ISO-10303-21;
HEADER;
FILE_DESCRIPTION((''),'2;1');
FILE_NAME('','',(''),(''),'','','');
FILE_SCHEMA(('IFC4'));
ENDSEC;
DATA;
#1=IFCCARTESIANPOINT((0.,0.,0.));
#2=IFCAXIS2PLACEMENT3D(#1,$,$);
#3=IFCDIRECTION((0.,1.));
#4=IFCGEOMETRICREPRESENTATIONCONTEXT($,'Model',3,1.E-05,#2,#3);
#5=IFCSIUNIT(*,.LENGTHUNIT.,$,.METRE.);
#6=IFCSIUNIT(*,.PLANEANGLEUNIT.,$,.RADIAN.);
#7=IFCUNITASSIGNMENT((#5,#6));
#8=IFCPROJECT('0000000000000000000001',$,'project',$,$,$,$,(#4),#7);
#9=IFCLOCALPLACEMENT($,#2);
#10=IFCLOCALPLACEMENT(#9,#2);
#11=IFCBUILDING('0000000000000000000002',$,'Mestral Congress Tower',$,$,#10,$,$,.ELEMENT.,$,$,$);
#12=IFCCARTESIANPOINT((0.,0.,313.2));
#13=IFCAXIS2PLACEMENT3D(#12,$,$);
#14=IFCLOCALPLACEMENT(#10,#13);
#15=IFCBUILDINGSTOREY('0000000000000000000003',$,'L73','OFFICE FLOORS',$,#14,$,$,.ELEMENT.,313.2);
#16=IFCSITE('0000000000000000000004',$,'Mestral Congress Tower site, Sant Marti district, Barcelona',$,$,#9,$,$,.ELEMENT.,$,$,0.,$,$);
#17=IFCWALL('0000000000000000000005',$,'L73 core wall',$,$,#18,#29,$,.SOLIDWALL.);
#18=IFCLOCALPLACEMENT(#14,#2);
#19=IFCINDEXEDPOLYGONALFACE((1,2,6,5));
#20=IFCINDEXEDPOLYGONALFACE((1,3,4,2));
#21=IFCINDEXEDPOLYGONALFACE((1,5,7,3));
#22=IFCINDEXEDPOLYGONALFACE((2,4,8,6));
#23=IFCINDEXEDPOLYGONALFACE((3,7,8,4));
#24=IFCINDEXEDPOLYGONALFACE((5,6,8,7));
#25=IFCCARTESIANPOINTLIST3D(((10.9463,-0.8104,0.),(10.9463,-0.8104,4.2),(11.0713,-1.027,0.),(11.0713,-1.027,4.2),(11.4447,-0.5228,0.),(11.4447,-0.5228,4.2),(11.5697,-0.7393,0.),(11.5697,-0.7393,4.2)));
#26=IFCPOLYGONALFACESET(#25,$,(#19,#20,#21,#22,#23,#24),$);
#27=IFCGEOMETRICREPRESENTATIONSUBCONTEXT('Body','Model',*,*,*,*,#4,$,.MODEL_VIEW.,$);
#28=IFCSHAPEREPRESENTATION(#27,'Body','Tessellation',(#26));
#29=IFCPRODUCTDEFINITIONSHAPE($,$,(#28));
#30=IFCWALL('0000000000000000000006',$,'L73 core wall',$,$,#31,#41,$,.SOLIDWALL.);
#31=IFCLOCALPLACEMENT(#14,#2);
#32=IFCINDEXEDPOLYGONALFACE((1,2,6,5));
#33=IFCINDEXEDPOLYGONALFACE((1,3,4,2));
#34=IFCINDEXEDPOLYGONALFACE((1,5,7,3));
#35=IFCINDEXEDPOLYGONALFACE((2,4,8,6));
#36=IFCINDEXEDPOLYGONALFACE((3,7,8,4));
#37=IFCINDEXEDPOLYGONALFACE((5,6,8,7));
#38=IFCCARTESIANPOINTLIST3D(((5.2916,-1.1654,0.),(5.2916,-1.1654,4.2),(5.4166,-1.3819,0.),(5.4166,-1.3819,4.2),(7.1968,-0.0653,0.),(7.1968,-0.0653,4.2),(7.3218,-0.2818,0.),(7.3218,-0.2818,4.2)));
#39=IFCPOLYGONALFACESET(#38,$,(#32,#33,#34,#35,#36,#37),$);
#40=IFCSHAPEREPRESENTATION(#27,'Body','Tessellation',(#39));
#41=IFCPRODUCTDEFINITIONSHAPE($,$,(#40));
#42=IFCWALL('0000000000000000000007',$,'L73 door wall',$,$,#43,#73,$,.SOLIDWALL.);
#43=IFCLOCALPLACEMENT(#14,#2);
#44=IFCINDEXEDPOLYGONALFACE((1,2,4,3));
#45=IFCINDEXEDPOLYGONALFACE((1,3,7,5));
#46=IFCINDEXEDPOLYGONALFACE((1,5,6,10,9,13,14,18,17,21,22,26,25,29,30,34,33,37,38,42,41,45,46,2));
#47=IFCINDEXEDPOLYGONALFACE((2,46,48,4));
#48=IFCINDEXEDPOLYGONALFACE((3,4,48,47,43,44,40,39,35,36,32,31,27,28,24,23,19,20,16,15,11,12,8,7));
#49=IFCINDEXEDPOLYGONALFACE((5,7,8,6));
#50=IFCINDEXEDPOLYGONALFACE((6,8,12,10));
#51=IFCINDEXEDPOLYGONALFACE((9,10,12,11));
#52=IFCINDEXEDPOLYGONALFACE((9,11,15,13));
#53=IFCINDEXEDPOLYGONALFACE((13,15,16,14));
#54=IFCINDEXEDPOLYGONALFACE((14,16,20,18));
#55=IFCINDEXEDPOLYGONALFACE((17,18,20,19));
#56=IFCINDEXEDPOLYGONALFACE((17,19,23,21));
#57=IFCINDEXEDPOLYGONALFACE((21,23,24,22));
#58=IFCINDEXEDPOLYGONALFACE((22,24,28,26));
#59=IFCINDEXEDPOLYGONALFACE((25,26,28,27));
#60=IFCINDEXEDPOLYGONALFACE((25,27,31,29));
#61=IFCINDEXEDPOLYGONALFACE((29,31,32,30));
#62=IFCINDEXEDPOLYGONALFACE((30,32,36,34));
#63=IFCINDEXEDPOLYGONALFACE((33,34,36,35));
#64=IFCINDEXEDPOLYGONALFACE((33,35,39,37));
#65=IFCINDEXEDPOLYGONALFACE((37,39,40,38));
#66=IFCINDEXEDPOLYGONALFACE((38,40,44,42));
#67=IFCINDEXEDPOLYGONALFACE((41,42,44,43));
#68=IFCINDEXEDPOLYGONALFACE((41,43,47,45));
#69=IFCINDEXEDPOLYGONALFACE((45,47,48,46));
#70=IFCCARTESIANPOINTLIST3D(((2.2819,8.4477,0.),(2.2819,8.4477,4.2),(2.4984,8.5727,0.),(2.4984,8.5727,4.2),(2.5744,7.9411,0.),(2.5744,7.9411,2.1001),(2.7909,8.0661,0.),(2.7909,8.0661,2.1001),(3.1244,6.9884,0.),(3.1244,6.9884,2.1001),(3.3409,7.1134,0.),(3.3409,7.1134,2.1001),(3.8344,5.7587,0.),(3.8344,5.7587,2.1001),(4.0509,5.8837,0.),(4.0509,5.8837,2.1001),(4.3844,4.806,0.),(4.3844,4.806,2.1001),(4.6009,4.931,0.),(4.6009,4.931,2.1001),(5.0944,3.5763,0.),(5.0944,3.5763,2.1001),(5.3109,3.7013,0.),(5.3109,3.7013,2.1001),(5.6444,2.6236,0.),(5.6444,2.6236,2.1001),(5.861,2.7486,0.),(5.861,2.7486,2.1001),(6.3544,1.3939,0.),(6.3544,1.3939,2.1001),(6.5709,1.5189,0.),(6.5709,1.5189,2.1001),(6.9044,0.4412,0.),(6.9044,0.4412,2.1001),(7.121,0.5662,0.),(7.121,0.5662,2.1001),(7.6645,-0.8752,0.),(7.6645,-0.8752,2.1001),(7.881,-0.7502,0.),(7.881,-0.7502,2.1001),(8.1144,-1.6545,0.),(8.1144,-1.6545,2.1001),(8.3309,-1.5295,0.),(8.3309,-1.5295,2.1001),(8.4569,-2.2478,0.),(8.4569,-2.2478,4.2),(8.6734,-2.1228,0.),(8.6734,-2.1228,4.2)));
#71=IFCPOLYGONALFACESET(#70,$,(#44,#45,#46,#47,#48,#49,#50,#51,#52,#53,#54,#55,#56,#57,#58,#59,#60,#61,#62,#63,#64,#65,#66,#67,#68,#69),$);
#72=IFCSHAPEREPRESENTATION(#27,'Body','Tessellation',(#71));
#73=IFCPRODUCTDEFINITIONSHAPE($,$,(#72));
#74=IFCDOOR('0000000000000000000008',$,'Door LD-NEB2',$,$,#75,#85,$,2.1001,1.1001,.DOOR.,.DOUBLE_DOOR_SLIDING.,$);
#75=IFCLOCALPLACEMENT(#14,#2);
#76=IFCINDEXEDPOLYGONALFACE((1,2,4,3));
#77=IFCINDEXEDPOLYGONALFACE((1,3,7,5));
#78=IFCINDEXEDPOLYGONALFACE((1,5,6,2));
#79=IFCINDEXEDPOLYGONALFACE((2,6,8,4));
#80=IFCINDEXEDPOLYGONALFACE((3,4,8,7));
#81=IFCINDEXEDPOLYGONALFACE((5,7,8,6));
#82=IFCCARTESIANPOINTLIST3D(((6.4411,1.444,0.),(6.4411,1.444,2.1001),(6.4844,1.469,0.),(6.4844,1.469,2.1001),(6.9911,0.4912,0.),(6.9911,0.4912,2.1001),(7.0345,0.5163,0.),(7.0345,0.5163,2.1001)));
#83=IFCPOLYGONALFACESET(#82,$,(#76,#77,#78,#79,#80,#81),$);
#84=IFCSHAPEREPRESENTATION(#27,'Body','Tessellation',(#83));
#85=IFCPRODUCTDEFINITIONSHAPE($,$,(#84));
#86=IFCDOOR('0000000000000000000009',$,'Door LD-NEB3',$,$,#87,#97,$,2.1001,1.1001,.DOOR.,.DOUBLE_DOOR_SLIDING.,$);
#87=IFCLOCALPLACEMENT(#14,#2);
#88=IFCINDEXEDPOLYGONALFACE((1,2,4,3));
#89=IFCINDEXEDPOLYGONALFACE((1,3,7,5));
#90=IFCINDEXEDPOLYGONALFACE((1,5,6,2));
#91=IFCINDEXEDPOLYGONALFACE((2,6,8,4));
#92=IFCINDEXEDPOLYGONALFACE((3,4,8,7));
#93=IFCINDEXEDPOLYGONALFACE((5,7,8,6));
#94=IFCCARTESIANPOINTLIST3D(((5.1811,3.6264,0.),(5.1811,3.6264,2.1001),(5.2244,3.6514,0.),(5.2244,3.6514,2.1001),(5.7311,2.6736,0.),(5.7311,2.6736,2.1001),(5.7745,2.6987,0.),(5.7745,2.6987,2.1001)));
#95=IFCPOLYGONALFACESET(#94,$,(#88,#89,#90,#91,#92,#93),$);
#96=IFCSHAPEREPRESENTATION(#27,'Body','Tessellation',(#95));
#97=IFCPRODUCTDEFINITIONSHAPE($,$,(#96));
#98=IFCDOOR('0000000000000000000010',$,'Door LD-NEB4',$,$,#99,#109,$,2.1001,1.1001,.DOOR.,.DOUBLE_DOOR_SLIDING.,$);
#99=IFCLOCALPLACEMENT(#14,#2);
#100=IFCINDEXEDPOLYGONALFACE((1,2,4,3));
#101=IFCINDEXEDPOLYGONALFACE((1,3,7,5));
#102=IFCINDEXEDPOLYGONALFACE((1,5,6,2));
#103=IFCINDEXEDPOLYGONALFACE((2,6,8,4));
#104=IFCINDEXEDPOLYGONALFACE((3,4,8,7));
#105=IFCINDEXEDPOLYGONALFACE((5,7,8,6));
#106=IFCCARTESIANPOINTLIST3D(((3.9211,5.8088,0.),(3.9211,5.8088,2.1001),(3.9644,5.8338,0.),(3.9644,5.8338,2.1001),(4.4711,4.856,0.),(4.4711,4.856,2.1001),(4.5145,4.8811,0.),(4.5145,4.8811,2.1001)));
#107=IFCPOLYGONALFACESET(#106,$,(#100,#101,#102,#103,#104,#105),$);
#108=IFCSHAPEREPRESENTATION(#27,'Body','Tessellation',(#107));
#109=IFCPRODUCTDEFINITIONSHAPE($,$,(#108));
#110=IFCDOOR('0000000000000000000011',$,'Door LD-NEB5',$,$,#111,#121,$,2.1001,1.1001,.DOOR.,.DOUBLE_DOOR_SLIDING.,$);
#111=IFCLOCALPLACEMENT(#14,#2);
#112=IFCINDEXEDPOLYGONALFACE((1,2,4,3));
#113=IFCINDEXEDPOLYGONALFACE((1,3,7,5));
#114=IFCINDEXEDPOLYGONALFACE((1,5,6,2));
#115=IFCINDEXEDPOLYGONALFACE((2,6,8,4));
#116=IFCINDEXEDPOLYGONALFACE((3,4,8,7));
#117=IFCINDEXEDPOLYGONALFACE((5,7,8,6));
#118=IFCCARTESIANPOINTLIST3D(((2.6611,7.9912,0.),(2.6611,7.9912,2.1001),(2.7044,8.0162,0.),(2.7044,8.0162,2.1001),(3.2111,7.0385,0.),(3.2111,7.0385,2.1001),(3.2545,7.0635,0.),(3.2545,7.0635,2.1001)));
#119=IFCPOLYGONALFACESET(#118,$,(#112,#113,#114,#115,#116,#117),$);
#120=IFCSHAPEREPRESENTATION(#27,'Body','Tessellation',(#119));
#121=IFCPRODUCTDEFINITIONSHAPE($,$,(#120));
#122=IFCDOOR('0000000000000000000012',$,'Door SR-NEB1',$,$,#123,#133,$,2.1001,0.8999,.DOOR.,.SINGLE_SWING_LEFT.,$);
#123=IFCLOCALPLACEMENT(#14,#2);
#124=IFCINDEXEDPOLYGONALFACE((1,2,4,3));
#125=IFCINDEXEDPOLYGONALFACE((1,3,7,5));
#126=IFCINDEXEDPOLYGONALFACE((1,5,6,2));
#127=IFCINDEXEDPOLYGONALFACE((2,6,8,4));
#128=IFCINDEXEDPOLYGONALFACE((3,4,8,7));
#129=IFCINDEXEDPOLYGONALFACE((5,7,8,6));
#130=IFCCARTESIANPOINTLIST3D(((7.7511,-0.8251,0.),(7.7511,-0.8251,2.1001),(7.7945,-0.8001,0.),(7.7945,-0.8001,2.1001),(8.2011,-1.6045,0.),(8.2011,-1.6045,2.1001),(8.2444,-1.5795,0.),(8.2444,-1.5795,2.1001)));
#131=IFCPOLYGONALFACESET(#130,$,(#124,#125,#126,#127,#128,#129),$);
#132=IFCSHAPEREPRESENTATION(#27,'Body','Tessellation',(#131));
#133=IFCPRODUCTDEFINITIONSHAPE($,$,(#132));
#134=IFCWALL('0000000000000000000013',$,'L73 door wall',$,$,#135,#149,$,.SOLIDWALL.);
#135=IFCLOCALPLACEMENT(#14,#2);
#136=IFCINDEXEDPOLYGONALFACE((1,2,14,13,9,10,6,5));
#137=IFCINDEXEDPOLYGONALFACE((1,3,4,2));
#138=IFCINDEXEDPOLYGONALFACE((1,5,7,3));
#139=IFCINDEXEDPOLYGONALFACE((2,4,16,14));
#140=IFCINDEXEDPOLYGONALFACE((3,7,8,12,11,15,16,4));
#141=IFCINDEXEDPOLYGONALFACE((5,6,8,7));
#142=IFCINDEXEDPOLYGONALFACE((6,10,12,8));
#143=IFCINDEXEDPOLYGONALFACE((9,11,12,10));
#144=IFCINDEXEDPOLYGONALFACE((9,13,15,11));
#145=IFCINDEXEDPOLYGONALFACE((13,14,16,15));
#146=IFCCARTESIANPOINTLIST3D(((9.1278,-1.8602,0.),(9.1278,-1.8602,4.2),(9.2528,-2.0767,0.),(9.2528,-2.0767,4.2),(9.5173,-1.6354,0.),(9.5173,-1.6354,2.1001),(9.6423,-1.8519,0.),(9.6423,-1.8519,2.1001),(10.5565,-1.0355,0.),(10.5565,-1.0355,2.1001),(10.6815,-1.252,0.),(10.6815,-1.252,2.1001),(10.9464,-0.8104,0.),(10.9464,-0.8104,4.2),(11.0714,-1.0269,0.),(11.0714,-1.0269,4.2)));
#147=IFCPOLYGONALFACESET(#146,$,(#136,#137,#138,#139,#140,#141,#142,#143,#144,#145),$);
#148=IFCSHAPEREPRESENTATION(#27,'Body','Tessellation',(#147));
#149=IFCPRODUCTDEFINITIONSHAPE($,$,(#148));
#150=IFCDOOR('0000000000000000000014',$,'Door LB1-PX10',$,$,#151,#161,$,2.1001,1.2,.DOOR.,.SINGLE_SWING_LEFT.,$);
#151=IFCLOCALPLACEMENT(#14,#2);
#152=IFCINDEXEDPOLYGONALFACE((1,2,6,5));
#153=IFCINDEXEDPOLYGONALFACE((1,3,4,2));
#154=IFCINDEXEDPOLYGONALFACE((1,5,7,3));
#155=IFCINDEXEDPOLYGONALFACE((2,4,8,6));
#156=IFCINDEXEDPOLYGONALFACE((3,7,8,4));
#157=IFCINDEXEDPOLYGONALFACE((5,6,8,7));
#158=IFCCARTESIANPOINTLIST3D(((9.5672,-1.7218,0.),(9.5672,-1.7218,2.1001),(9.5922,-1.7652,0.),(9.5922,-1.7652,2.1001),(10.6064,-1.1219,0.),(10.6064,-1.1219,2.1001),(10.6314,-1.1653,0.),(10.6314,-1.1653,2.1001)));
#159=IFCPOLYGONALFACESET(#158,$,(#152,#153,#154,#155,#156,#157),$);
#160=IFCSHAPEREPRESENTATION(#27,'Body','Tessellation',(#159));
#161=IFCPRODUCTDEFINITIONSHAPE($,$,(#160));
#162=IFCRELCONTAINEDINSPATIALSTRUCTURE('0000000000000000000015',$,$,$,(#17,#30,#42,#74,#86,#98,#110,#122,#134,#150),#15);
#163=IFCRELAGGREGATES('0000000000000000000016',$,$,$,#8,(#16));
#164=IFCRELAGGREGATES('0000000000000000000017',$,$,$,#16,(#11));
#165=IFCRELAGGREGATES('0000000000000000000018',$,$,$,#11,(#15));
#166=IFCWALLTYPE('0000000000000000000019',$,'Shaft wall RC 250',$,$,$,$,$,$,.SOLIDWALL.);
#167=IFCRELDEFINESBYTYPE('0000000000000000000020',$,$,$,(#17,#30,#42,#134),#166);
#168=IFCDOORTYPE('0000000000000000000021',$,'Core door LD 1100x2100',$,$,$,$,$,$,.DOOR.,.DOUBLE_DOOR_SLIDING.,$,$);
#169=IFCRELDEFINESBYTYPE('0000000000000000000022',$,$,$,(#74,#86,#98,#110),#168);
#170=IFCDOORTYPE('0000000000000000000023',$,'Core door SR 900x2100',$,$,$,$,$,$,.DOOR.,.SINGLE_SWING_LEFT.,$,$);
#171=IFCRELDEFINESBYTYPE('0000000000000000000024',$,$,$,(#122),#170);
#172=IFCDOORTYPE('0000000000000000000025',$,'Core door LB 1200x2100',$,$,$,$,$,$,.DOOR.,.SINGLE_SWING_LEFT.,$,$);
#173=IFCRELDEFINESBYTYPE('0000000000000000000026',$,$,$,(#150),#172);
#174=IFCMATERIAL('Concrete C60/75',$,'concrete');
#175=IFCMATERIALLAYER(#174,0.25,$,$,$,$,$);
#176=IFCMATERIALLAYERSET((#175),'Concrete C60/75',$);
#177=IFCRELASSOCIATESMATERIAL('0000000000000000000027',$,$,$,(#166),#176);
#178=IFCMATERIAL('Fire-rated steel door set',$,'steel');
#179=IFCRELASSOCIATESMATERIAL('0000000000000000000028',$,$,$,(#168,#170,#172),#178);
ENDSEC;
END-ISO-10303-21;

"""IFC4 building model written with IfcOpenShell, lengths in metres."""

from ifc_helpers import new_model, si_unit, direction, frame, frame_2d, origin, place, context, subcontext, project, spatial, rectangle, extrude, material, layer, layer_set, type_object, element, fill, save


model = new_model("IFC4")

# Units and contexts
model_context = context("Model", 3, precision=1e-05, world=origin(), true_north=direction((0.0, 1.0)))
body_context = subcontext(model_context, "Body", "Model", "MODEL_VIEW")
ifc_project = project(units=[si_unit("LENGTHUNIT", "METRE"), si_unit("PLANEANGLEUNIT", "RADIAN")], contexts=[model_context])

# Site, building, storey
site_placement = place(None, origin())
site = spatial("IfcSite", under=ifc_project, at=site_placement, Name="Mestral Congress Tower site, Sant Marti district, Barcelona", CompositionType="ELEMENT", RefElevation=0.0)
building_placement = place(site_placement, origin())
building = spatial("IfcBuilding", under=site, at=building_placement, Name="Mestral Congress Tower", CompositionType="ELEMENT")
storey_placement = place(building_placement, frame((0.0, 0.0, 313.2)))
storey = spatial("IfcBuildingStorey", under=building, at=storey_placement, Name="L73", Description="OFFICE FLOORS", CompositionType="ELEMENT", Elevation=313.2)

# Shared definitions
ifc_material_1 = material(Name="Concrete C60/75", Category="concrete")

# Shared definitions
ifc_material_2 = material(Name="Fire-rated steel door set", Category="steel")

# Walls
ifc_layer_1 = layer(ifc_material_1, 0.25)
ifc_layer_set_1 = layer_set([ifc_layer_1], Name="Concrete C60/75")
wall_type_1 = type_object("IfcWallType", Name="Shaft wall RC 250", PredefinedType="SOLIDWALL", material=ifc_layer_set_1)
wall_1_placement = place(storey_placement, frame((11.5071, -0.6311, 0.0), z_axis=(0.0, 0.0, 1.0), x_axis=(-0.866094, -0.499882, 0.0)))
element("IfcWall", 1, at=wall_1_placement, inside=storey, type_object=wall_type_1, Name="L73 core wall", PredefinedType="SOLIDWALL", context=body_context, shape_type="SweptSolid", body=[
    extrude(rectangle(XDim=0.5754, YDim=0.25, at=frame_2d((0.2876, 0.0))), origin(), (0.0, 0.0, 1.0), 4.2),
])
wall_2_placement = place(storey_placement, frame((5.354, -1.2737, 0.0), z_axis=(0.0, 0.0, 1.0), x_axis=(0.866008, 0.50003, 0.0)))
element("IfcWall", 2, at=wall_2_placement, inside=storey, type_object=wall_type_1, Name="L73 core wall", PredefinedType="SOLIDWALL", context=body_context, shape_type="SweptSolid", body=[
    extrude(rectangle(XDim=2.2, YDim=0.25, at=frame_2d((1.1001, 0.0))), origin(), (0.0, 0.0, 1.0), 4.2),
])

# Wall, openings, doors
wall_3_placement = place(storey_placement, frame((8.5652, -2.1853, 0.0), z_axis=(0.0, 0.0, 1.0), x_axis=(-0.499998, 0.866027, 0.0)))
wall_3 = element("IfcWall", 3, at=wall_3_placement, inside=storey, type_object=wall_type_1, Name="L73 door wall", PredefinedType="SOLIDWALL", context=body_context, shape_type="SweptSolid", body=[
    extrude(rectangle(XDim=12.3501, YDim=0.25, at=frame_2d((6.175, 0.0))), origin(), (0.0, 0.0, 1.0), 4.2),
])
opening_1_placement = place(wall_3_placement, frame((0.6851, 0.0, 0.0)))
opening_1 = element("IfcOpeningElement", 4, at=opening_1_placement, cuts=wall_3, PredefinedType="OPENING", context=body_context, shape_type="SweptSolid", body=[
    extrude(rectangle(XDim=0.8999, YDim=2.1001, at=frame_2d((0.45, 1.05))), frame((0.0, 0.135, 0.0), z_axis=(0.0, -1.0, 0.0), x_axis=(1.0, 0.0, 0.0)), (0.0, 0.0, 1.0), 0.27),
])
opening_2_placement = place(wall_3_placement, frame((3.105, 0.0, 0.0)))
opening_2 = element("IfcOpeningElement", 5, at=opening_2_placement, cuts=wall_3, PredefinedType="OPENING", context=body_context, shape_type="SweptSolid", body=[
    extrude(rectangle(XDim=1.1001, YDim=2.1001, at=frame_2d((0.55, 1.05))), frame((0.0, 0.135, 0.0), z_axis=(0.0, -1.0, 0.0), x_axis=(1.0, 0.0, 0.0)), (0.0, 0.0, 1.0), 0.27),
])
opening_3_placement = place(wall_3_placement, frame((5.625, 0.0, 0.0)))
opening_3 = element("IfcOpeningElement", 6, at=opening_3_placement, cuts=wall_3, PredefinedType="OPENING", context=body_context, shape_type="SweptSolid", body=[
    extrude(rectangle(XDim=1.1001, YDim=2.1001, at=frame_2d((0.55, 1.05))), frame((0.0, 0.135, 0.0), z_axis=(0.0, -1.0, 0.0), x_axis=(1.0, 0.0, 0.0)), (0.0, 0.0, 1.0), 0.27),
])
opening_4_placement = place(wall_3_placement, frame((8.145, 0.0, 0.0)))
opening_4 = element("IfcOpeningElement", 7, at=opening_4_placement, cuts=wall_3, PredefinedType="OPENING", context=body_context, shape_type="SweptSolid", body=[
    extrude(rectangle(XDim=1.1001, YDim=2.1001, at=frame_2d((0.55, 1.05))), frame((0.0, 0.135, 0.0), z_axis=(0.0, -1.0, 0.0), x_axis=(1.0, 0.0, 0.0)), (0.0, 0.0, 1.0), 0.27),
])
opening_5_placement = place(wall_3_placement, frame((10.665, 0.0, 0.0)))
opening_5 = element("IfcOpeningElement", 8, at=opening_5_placement, cuts=wall_3, PredefinedType="OPENING", context=body_context, shape_type="SweptSolid", body=[
    extrude(rectangle(XDim=1.1001, YDim=2.1001, at=frame_2d((0.55, 1.05))), frame((0.0, 0.135, 0.0), z_axis=(0.0, -1.0, 0.0), x_axis=(1.0, 0.0, 0.0)), (0.0, 0.0, 1.0), 0.27),
])
door_type_1 = type_object("IfcDoorType", Name="Core door LD 1100x2100", OperationType="DOUBLE_DOOR_SLIDING", PredefinedType="DOOR", material=ifc_material_2)
door_1_placement = place(opening_2_placement, origin())
door_1 = element("IfcDoor", 9, at=door_1_placement, inside=storey, type_object=door_type_1, Name="Door LD-NEB2", OperationType="DOUBLE_DOOR_SLIDING", OverallHeight=2.1001, OverallWidth=1.1001, PredefinedType="DOOR", context=body_context, shape_type="SweptSolid", body=[
    extrude(rectangle(XDim=1.1001, YDim=2.1001, at=frame_2d((0.55, 1.05))), frame((0.0, 0.0249, 0.0), z_axis=(0.0, -1.0, 0.0), x_axis=(1.0, 0.0, 0.0)), (0.0, 0.0, 1.0), 0.05),
])
fill(opening_2, door_1)
door_2_placement = place(opening_3_placement, origin())
door_2 = element("IfcDoor", 10, at=door_2_placement, inside=storey, type_object=door_type_1, Name="Door LD-NEB3", OperationType="DOUBLE_DOOR_SLIDING", OverallHeight=2.1001, OverallWidth=1.1001, PredefinedType="DOOR", context=body_context, shape_type="SweptSolid", body=[
    extrude(rectangle(XDim=1.1001, YDim=2.1001, at=frame_2d((0.55, 1.05))), frame((0.0, 0.0249, 0.0), z_axis=(0.0, -1.0, 0.0), x_axis=(1.0, 0.0, 0.0)), (0.0, 0.0, 1.0), 0.05),
])
fill(opening_3, door_2)
door_3_placement = place(opening_4_placement, origin())
door_3 = element("IfcDoor", 11, at=door_3_placement, inside=storey, type_object=door_type_1, Name="Door LD-NEB4", OperationType="DOUBLE_DOOR_SLIDING", OverallHeight=2.1001, OverallWidth=1.1001, PredefinedType="DOOR", context=body_context, shape_type="SweptSolid", body=[
    extrude(rectangle(XDim=1.1001, YDim=2.1001, at=frame_2d((0.55, 1.05))), frame((0.0, 0.0249, 0.0), z_axis=(0.0, -1.0, 0.0), x_axis=(1.0, 0.0, 0.0)), (0.0, 0.0, 1.0), 0.05),
])
fill(opening_4, door_3)
door_4_placement = place(opening_5_placement, origin())
door_4 = element("IfcDoor", 12, at=door_4_placement, inside=storey, type_object=door_type_1, Name="Door LD-NEB5", OperationType="DOUBLE_DOOR_SLIDING", OverallHeight=2.1001, OverallWidth=1.1001, PredefinedType="DOOR", context=body_context, shape_type="SweptSolid", body=[
    extrude(rectangle(XDim=1.1001, YDim=2.1001, at=frame_2d((0.55, 1.05))), frame((0.0, 0.0249, 0.0), z_axis=(0.0, -1.0, 0.0), x_axis=(1.0, 0.0, 0.0)), (0.0, 0.0, 1.0), 0.05),
])
fill(opening_5, door_4)
door_type_2 = type_object("IfcDoorType", Name="Core door SR 900x2100", OperationType="SINGLE_SWING_LEFT", PredefinedType="DOOR", material=ifc_material_2)
door_5_placement = place(opening_1_placement, origin())
door_5 = element("IfcDoor", 13, at=door_5_placement, inside=storey, type_object=door_type_2, Name="Door SR-NEB1", OperationType="SINGLE_SWING_LEFT", OverallHeight=2.1001, OverallWidth=0.8999, PredefinedType="DOOR", context=body_context, shape_type="SweptSolid", body=[
    extrude(rectangle(XDim=0.8999, YDim=2.1001, at=frame_2d((0.45, 1.05))), frame((0.0, 0.0249, 0.0), z_axis=(0.0, -1.0, 0.0), x_axis=(1.0, 0.0, 0.0)), (0.0, 0.0, 1.0), 0.05),
])
fill(opening_1, door_5)

# Wall, opening, door
wall_4_placement = place(storey_placement, frame((11.0088, -0.9187, 0.0), z_axis=(0.0, 0.0, 1.0), x_axis=(-0.86606, -0.499941, 0.0)))
wall_4 = element("IfcWall", 14, at=wall_4_placement, inside=storey, type_object=wall_type_1, Name="L73 door wall", PredefinedType="SOLIDWALL", context=body_context, shape_type="SweptSolid", body=[
    extrude(rectangle(XDim=2.0999, YDim=0.25, at=frame_2d((1.0498, 0.0))), origin(), (0.0, 0.0, 1.0), 4.2),
])
opening_6_placement = place(wall_4_placement, frame((0.45, 0.0, 0.0)))
opening_6 = element("IfcOpeningElement", 15, at=opening_6_placement, cuts=wall_4, PredefinedType="OPENING", context=body_context, shape_type="SweptSolid", body=[
    extrude(rectangle(XDim=1.2, YDim=2.1001, at=frame_2d((0.6001, 1.05))), frame((0.0, 0.135, 0.0), z_axis=(0.0, -1.0, 0.0), x_axis=(1.0, 0.0, 0.0)), (0.0, 0.0, 1.0), 0.27),
])
door_type_3 = type_object("IfcDoorType", Name="Core door LB 1200x2100", OperationType="SINGLE_SWING_LEFT", PredefinedType="DOOR", material=ifc_material_2)
door_6_placement = place(opening_6_placement, origin())
door_6 = element("IfcDoor", 16, at=door_6_placement, inside=storey, type_object=door_type_3, Name="Door LB1-PX10", OperationType="SINGLE_SWING_LEFT", OverallHeight=2.1001, OverallWidth=1.2, PredefinedType="DOOR", context=body_context, shape_type="SweptSolid", body=[
    extrude(rectangle(XDim=1.2, YDim=2.1001, at=frame_2d((0.6001, 1.05))), frame((0.0, 0.0249, 0.0), z_axis=(0.0, -1.0, 0.0), x_axis=(1.0, 0.0, 0.0)), (0.0, 0.0, 1.0), 0.05),
])
fill(opening_6, door_6)

save(model, "model.ifc")
